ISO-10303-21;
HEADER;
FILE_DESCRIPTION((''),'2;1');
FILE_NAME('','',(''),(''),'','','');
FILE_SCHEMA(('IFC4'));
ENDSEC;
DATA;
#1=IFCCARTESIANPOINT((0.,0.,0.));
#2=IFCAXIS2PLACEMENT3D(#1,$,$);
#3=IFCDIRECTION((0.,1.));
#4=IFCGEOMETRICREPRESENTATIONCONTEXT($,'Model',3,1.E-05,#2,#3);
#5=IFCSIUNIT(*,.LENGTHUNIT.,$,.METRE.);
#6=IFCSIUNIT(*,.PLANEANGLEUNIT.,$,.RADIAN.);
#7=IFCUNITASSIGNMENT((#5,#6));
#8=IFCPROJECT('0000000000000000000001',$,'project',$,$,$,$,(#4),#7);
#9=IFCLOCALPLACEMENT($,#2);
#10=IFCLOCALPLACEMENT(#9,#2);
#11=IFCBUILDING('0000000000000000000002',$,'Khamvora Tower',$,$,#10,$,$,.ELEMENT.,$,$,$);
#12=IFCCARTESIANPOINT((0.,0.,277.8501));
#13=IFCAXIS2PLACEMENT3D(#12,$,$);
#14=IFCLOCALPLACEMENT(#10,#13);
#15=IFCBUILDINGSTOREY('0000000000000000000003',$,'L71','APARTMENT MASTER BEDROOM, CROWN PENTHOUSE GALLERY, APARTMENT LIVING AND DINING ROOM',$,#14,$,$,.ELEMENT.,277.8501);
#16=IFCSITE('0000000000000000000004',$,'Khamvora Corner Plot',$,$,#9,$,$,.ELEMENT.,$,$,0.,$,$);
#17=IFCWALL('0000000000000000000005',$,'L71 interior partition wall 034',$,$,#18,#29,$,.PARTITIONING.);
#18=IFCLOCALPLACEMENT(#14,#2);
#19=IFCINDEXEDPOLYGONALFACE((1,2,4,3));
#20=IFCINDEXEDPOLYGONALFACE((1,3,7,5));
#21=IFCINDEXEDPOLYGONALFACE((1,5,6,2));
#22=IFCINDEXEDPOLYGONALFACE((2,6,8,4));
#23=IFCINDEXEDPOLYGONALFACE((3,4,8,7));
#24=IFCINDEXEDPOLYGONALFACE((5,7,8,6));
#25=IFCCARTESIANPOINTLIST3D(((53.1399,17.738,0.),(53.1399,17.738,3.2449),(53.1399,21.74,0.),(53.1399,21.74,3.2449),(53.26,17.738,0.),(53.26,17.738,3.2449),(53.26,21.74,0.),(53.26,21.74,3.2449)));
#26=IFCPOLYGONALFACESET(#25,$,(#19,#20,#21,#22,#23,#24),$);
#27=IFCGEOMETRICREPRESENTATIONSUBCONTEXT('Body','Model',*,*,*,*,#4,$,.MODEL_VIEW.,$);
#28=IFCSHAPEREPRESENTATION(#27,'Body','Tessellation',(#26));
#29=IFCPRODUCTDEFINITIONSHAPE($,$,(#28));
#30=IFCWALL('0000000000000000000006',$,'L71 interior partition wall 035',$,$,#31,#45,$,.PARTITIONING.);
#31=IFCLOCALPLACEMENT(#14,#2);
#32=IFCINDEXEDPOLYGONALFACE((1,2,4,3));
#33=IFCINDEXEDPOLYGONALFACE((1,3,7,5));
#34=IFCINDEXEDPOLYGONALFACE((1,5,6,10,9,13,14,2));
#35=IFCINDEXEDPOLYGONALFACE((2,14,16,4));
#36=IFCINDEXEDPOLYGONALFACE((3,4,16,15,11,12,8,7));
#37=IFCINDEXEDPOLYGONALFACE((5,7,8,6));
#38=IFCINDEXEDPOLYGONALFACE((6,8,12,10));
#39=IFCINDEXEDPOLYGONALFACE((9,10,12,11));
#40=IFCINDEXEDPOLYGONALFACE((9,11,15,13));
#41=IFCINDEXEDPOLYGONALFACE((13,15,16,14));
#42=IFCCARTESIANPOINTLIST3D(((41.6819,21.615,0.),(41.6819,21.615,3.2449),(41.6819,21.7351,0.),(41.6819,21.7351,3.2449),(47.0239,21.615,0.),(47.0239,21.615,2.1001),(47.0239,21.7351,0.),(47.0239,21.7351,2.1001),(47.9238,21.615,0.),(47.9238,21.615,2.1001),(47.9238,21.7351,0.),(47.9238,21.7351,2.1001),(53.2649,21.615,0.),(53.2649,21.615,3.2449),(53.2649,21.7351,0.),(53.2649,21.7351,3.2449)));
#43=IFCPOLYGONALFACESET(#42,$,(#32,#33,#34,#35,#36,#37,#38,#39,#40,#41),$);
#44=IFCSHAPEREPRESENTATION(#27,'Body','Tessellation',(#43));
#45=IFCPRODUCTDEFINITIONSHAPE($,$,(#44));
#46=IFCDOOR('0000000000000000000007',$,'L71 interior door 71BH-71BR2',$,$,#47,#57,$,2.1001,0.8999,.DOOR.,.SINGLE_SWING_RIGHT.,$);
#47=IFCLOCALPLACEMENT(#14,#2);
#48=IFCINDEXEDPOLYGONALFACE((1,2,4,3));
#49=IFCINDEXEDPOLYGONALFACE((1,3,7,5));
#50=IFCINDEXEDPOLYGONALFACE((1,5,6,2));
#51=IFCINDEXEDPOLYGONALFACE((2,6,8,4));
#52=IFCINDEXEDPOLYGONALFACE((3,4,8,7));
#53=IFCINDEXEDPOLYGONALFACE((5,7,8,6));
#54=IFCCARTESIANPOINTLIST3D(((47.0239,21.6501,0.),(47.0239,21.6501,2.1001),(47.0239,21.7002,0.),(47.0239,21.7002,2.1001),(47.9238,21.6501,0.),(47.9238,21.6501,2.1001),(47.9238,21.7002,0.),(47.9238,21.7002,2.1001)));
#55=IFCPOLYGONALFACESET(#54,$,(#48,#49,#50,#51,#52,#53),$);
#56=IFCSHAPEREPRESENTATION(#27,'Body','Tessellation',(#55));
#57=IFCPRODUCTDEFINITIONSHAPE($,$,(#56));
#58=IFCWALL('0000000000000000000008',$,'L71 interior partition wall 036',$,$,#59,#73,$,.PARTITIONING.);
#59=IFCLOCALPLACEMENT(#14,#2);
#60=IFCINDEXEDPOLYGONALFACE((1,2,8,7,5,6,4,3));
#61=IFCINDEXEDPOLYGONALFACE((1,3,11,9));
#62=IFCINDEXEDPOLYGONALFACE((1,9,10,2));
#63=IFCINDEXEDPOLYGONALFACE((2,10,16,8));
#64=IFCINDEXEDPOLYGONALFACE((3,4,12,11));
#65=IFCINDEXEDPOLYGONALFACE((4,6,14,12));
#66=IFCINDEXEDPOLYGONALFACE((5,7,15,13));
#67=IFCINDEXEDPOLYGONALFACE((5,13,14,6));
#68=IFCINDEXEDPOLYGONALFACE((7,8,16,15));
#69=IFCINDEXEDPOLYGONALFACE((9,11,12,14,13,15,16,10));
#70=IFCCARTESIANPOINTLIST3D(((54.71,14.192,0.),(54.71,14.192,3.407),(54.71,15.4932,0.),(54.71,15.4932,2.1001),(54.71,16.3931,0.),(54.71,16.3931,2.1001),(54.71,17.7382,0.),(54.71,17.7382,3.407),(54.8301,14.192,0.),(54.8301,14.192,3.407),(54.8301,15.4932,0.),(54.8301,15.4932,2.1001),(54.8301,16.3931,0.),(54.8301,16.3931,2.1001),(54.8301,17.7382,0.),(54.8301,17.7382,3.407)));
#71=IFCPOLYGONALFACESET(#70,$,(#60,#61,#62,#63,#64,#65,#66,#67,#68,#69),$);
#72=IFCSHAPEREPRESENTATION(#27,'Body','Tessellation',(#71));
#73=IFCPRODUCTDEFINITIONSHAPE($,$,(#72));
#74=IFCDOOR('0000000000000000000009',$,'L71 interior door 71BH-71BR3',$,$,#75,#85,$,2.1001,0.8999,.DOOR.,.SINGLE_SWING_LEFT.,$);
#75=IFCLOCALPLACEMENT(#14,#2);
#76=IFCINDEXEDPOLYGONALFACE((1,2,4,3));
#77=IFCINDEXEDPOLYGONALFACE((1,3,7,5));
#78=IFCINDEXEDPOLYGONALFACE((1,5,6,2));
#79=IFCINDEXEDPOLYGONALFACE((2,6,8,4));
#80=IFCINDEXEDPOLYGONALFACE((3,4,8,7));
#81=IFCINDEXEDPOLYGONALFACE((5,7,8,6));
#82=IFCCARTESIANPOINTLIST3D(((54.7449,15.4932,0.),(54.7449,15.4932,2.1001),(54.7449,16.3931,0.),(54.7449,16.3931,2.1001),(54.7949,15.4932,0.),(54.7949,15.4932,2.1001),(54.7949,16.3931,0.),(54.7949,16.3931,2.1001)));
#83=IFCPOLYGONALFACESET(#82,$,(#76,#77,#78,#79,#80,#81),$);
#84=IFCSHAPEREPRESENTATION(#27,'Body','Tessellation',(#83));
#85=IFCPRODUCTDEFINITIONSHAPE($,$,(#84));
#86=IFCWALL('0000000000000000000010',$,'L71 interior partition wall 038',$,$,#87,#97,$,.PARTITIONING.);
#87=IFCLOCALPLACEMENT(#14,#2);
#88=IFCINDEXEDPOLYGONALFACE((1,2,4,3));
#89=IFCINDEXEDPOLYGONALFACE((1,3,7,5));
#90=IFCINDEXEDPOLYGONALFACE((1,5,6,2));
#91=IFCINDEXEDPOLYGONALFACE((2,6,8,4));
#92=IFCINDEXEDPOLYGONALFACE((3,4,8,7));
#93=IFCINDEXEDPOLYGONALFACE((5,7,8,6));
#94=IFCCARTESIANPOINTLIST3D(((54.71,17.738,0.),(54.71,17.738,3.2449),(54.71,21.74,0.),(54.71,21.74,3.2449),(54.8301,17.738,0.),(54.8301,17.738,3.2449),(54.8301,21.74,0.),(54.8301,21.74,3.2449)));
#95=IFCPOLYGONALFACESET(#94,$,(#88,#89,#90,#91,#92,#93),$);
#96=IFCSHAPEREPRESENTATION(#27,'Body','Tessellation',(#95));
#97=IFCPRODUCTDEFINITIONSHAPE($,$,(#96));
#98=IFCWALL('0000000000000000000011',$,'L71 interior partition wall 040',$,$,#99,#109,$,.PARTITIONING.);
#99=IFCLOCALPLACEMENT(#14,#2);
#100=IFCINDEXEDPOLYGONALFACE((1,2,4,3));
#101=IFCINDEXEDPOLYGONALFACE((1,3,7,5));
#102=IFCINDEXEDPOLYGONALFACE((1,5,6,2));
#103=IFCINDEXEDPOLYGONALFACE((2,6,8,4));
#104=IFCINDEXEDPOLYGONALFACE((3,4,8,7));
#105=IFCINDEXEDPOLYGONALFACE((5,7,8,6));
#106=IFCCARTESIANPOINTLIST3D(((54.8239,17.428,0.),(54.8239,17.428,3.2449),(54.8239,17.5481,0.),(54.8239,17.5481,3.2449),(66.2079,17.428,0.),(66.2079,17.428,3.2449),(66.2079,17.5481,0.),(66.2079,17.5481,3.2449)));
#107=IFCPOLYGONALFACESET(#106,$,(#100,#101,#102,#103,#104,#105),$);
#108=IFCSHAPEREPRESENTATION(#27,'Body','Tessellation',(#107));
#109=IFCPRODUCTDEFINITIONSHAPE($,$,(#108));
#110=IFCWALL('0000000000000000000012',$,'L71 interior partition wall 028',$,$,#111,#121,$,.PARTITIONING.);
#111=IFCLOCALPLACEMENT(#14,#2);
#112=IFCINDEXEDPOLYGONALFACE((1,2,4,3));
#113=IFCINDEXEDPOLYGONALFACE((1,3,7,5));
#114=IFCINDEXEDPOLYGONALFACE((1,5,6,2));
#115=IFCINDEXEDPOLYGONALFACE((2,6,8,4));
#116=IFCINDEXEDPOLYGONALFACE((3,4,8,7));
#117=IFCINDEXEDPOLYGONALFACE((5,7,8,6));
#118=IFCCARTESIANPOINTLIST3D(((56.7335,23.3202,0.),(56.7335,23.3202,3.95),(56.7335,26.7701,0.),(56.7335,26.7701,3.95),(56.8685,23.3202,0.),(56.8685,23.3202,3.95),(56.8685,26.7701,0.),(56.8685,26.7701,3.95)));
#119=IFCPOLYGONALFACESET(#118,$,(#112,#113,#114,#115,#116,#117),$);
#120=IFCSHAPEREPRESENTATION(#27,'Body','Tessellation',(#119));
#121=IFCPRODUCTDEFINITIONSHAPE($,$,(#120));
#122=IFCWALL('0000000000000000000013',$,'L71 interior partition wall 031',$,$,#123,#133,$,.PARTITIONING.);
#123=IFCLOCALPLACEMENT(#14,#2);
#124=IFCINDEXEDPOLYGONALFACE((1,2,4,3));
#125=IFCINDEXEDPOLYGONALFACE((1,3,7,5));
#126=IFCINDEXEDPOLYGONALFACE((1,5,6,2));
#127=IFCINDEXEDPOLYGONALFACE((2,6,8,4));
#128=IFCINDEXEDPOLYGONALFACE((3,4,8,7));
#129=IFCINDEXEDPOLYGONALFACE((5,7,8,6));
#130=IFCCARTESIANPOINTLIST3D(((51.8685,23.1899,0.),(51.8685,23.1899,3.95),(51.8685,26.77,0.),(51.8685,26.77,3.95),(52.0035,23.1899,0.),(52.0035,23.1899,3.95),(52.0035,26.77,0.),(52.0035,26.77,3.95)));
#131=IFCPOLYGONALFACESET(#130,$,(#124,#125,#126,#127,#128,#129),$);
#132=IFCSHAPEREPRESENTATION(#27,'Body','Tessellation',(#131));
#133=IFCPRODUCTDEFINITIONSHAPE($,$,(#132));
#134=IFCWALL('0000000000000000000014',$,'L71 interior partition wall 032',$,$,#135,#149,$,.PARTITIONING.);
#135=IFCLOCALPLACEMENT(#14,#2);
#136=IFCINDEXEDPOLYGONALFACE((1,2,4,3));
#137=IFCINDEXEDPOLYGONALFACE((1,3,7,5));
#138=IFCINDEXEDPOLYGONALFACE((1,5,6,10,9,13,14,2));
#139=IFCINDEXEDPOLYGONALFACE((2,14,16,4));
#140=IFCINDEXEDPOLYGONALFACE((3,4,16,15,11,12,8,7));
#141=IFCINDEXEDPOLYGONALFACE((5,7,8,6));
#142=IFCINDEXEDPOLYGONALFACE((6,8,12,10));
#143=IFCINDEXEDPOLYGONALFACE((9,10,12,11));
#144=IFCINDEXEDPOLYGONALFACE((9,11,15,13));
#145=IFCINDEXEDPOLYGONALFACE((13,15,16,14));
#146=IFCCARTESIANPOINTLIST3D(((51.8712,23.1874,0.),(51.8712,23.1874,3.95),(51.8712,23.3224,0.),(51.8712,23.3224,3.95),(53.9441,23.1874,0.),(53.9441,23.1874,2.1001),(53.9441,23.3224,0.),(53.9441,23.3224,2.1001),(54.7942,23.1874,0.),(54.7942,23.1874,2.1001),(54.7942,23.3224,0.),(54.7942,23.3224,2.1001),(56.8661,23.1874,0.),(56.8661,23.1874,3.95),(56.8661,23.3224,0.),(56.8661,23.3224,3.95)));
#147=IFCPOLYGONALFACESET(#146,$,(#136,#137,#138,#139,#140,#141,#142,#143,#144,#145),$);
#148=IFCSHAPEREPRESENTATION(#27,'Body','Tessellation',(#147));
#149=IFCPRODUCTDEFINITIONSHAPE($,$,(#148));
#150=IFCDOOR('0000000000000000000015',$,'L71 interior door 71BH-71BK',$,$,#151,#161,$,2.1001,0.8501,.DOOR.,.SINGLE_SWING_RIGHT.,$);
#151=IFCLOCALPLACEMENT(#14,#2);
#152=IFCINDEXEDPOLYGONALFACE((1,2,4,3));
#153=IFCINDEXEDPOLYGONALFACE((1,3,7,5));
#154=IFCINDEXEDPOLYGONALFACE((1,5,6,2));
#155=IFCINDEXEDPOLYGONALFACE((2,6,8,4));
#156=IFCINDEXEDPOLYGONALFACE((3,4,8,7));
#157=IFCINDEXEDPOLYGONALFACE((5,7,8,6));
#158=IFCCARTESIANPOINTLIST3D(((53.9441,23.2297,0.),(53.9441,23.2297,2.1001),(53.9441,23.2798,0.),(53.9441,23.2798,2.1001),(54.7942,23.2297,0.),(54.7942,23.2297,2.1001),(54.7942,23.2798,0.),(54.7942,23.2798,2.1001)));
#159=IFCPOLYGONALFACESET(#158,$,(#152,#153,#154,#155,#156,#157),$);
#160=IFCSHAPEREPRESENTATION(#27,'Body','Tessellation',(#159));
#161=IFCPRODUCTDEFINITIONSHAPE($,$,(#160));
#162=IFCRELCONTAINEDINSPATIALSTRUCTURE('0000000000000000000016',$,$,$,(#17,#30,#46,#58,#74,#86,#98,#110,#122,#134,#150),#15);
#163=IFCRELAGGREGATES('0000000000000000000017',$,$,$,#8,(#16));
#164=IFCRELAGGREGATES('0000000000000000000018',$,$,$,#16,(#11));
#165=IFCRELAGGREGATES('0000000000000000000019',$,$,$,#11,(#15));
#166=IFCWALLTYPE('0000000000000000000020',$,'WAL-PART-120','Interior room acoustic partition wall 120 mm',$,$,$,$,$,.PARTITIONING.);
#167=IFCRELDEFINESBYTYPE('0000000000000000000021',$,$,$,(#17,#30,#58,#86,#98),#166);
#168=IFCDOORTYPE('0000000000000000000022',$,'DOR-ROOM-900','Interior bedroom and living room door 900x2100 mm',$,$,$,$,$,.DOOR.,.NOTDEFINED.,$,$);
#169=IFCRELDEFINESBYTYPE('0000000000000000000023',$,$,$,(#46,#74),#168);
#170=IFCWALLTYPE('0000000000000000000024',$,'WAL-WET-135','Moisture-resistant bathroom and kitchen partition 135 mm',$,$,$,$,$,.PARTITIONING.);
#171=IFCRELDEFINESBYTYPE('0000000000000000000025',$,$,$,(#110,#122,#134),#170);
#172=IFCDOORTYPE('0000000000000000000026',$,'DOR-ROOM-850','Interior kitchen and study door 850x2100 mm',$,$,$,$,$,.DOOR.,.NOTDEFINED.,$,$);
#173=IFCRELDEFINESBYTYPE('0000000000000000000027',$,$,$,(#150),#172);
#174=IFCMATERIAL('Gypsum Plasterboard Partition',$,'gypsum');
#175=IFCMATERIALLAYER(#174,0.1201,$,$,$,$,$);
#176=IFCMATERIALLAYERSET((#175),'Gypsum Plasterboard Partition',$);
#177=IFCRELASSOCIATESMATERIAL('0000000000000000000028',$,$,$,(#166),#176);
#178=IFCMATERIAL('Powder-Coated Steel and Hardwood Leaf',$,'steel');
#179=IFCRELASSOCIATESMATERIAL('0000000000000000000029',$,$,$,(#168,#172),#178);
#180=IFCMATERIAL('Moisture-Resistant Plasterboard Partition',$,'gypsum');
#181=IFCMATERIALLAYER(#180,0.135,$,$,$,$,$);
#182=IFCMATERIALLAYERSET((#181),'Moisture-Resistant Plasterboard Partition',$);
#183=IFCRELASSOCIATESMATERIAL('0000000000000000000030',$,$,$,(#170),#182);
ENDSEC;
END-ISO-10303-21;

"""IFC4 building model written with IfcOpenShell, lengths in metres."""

from ifc_helpers import new_model, si_unit, direction, frame, frame_2d, origin, place, context, subcontext, project, spatial, rectangle, extrude, material, layer, layer_set, type_object, element, fill, save


model = new_model("IFC4")

# Units and contexts
model_context = context("Model", 3, precision=1e-05, world=origin(), true_north=direction((0.0, 1.0)))
body_context = subcontext(model_context, "Body", "Model", "MODEL_VIEW")
ifc_project = project(units=[si_unit("LENGTHUNIT", "METRE"), si_unit("PLANEANGLEUNIT", "RADIAN")], contexts=[model_context])

# Site, building, storey
site_placement = place(None, origin())
site = spatial("IfcSite", under=ifc_project, at=site_placement, Name="Khamvora Corner Plot", CompositionType="ELEMENT", RefElevation=0.0)
building_placement = place(site_placement, origin())
building = spatial("IfcBuilding", under=site, at=building_placement, Name="Khamvora Tower", CompositionType="ELEMENT")
storey_placement = place(building_placement, frame((0.0, 0.0, 277.8501)))
storey = spatial("IfcBuildingStorey", under=building, at=storey_placement, Name="L71", Description="APARTMENT MASTER BEDROOM, CROWN PENTHOUSE GALLERY, APARTMENT LIVING AND DINING ROOM", CompositionType="ELEMENT", Elevation=277.8501)

# Shared definitions
ifc_material_1 = material(Name="Powder-Coated Steel and Hardwood Leaf", Category="steel")

# Shared definitions
ifc_material_2 = material(Name="Gypsum Plasterboard Partition", Category="gypsum")
ifc_layer_1 = layer(ifc_material_2, 0.1201)
ifc_layer_set_1 = layer_set([ifc_layer_1], Name="Gypsum Plasterboard Partition")
wall_type_1 = type_object("IfcWallType", Name="WAL-PART-120", Description="Interior room acoustic partition wall 120 mm", PredefinedType="PARTITIONING", material=ifc_layer_set_1)
door_type_1 = type_object("IfcDoorType", Name="DOR-ROOM-900", Description="Interior bedroom and living room door 900x2100 mm", OperationType="NOTDEFINED", PredefinedType="DOOR", material=ifc_material_1)

# Wall
wall_1_placement = place(storey_placement, frame((53.2, 17.738, 0.0), z_axis=(0.0, 0.0, 1.0), x_axis=(0.0, 1.0, 0.0)))
element("IfcWall", 1, at=wall_1_placement, inside=storey, type_object=wall_type_1, Name="L71 interior partition wall 034", PredefinedType="PARTITIONING", context=body_context, shape_type="SweptSolid", body=[
    extrude(rectangle(XDim=4.002, YDim=0.1201, at=frame_2d((2.001, 0.0))), origin(), (0.0, 0.0, 1.0), 3.2449),
])

# Walls, openings, doors
wall_2_placement = place(storey_placement, frame((53.2649, 21.675, 0.0), z_axis=(0.0, 0.0, 1.0), x_axis=(-1.0, 0.0, 0.0)))
wall_2 = element("IfcWall", 2, at=wall_2_placement, inside=storey, type_object=wall_type_1, Name="L71 interior partition wall 035", PredefinedType="PARTITIONING", context=body_context, shape_type="SweptSolid", body=[
    extrude(rectangle(XDim=11.583, YDim=0.1201, at=frame_2d((5.7915, 0.0))), origin(), (0.0, 0.0, 1.0), 3.2449),
])
opening_1_placement = place(wall_2_placement, frame((5.3411, 0.0, 0.0)))
opening_1 = element("IfcOpeningElement", 3, at=opening_1_placement, cuts=wall_2, PredefinedType="OPENING", context=body_context, shape_type="SweptSolid", body=[
    extrude(rectangle(XDim=0.8999, YDim=2.1001, at=frame_2d((0.45, 1.05))), frame((0.0, 0.0701, 0.0), z_axis=(0.0, -1.0, 0.0), x_axis=(1.0, 0.0, 0.0)), (0.0, 0.0, 1.0), 0.1401),
])
door_1_placement = place(opening_1_placement, origin())
door_1 = element("IfcDoor", 4, at=door_1_placement, inside=storey, type_object=door_type_1, Name="L71 interior door 71BH-71BR2", OperationType="SINGLE_SWING_RIGHT", OverallHeight=2.1001, OverallWidth=0.8999, PredefinedType="DOOR", context=body_context, shape_type="SweptSolid", body=[
    extrude(rectangle(XDim=0.8999, YDim=2.1001, at=frame_2d((0.45, 1.05))), frame((0.0, 0.0249, 0.0), z_axis=(0.0, -1.0, 0.0), x_axis=(1.0, 0.0, 0.0)), (0.0, 0.0, 1.0), 0.05),
])
fill(opening_1, door_1)
wall_3_placement = place(storey_placement, frame((54.77, 17.738, 0.0), z_axis=(0.0, 0.0, 1.0), x_axis=(0.0, -1.0, 0.0)))
wall_3 = element("IfcWall", 5, at=wall_3_placement, inside=storey, type_object=wall_type_1, Name="L71 interior partition wall 036", PredefinedType="PARTITIONING", context=body_context, shape_type="SweptSolid", body=[
    extrude(rectangle(XDim=3.5461, YDim=0.1201, at=frame_2d((1.7729, 0.0))), origin(), (0.0, 0.0, 1.0), 3.407),
])
opening_2_placement = place(wall_3_placement, frame((1.345, 0.0, 0.0)))
opening_2 = element("IfcOpeningElement", 6, at=opening_2_placement, cuts=wall_3, PredefinedType="OPENING", context=body_context, shape_type="SweptSolid", body=[
    extrude(rectangle(XDim=0.8999, YDim=2.1001, at=frame_2d((0.45, 1.05))), frame((0.0, 0.0701, 0.0), z_axis=(0.0, -1.0, 0.0), x_axis=(1.0, 0.0, 0.0)), (0.0, 0.0, 1.0), 0.1401),
])
door_2_placement = place(opening_2_placement, origin())
door_2 = element("IfcDoor", 7, at=door_2_placement, inside=storey, type_object=door_type_1, Name="L71 interior door 71BH-71BR3", OperationType="SINGLE_SWING_LEFT", OverallHeight=2.1001, OverallWidth=0.8999, PredefinedType="DOOR", context=body_context, shape_type="SweptSolid", body=[
    extrude(rectangle(XDim=0.8999, YDim=2.1001, at=frame_2d((0.45, 1.05))), frame((0.0, 0.0249, 0.0), z_axis=(0.0, -1.0, 0.0), x_axis=(1.0, 0.0, 0.0)), (0.0, 0.0, 1.0), 0.05),
])
fill(opening_2, door_2)

# Walls
wall_4_placement = place(storey_placement, frame((54.77, 21.74, 0.0), z_axis=(0.0, 0.0, 1.0), x_axis=(0.0, -1.0, 0.0)))
element("IfcWall", 8, at=wall_4_placement, inside=storey, type_object=wall_type_1, Name="L71 interior partition wall 038", PredefinedType="PARTITIONING", context=body_context, shape_type="SweptSolid", body=[
    extrude(rectangle(XDim=4.002, YDim=0.1201, at=frame_2d((2.001, 0.0))), origin(), (0.0, 0.0, 1.0), 3.2449),
])
wall_5_placement = place(storey_placement, frame((54.824, 17.488, 0.0), z_axis=(0.0, 0.0, 1.0), x_axis=(1.0, 0.0, 0.0)))
element("IfcWall", 9, at=wall_5_placement, inside=storey, type_object=wall_type_1, Name="L71 interior partition wall 040", PredefinedType="PARTITIONING", context=body_context, shape_type="SweptSolid", body=[
    extrude(rectangle(XDim=11.384, YDim=0.1201, at=frame_2d((5.6919, 0.0))), origin(), (0.0, 0.0, 1.0), 3.2449),
])
ifc_material_3 = material(Name="Moisture-Resistant Plasterboard Partition", Category="gypsum")
ifc_layer_2 = layer(ifc_material_3, 0.135)
ifc_layer_set_2 = layer_set([ifc_layer_2], Name="Moisture-Resistant Plasterboard Partition")
wall_type_2 = type_object("IfcWallType", Name="WAL-WET-135", Description="Moisture-resistant bathroom and kitchen partition 135 mm", PredefinedType="PARTITIONING", material=ifc_layer_set_2)
wall_6_placement = place(storey_placement, frame((56.801, 23.3201, 0.0), z_axis=(0.0, 0.0, 1.0), x_axis=(0.0, 1.0, 0.0)))
element("IfcWall", 10, at=wall_6_placement, inside=storey, type_object=wall_type_2, Name="L71 interior partition wall 028", PredefinedType="PARTITIONING", context=body_context, shape_type="SweptSolid", body=[
    extrude(rectangle(XDim=3.45, YDim=0.135, at=frame_2d((1.7251, 0.0))), origin(), (0.0, 0.0, 1.0), 3.95),
])
wall_7_placement = place(storey_placement, frame((51.936, 26.77, 0.0), z_axis=(0.0, 0.0, 1.0), x_axis=(0.0, -1.0, 0.0)))
element("IfcWall", 11, at=wall_7_placement, inside=storey, type_object=wall_type_2, Name="L71 interior partition wall 031", PredefinedType="PARTITIONING", context=body_context, shape_type="SweptSolid", body=[
    extrude(rectangle(XDim=3.5801, YDim=0.135, at=frame_2d((1.79, 0.0))), origin(), (0.0, 0.0, 1.0), 3.95),
])

# Wall, opening, door
wall_8_placement = place(storey_placement, frame((51.8711, 23.2549, 0.0), z_axis=(0.0, 0.0, 1.0), x_axis=(1.0, 0.0, 0.0)))
wall_8 = element("IfcWall", 12, at=wall_8_placement, inside=storey, type_object=wall_type_2, Name="L71 interior partition wall 032", PredefinedType="PARTITIONING", context=body_context, shape_type="SweptSolid", body=[
    extrude(rectangle(XDim=4.9949, YDim=0.135, at=frame_2d((2.4976, 0.0))), origin(), (0.0, 0.0, 1.0), 3.95),
])
opening_3_placement = place(wall_8_placement, frame((2.073, 0.0, 0.0)))
opening_3 = element("IfcOpeningElement", 13, at=opening_3_placement, cuts=wall_8, PredefinedType="OPENING", context=body_context, shape_type="SweptSolid", body=[
    extrude(rectangle(XDim=0.8501, YDim=2.1001, at=frame_2d((0.425, 1.05))), frame((0.0, 0.0774, 0.0), z_axis=(0.0, -1.0, 0.0), x_axis=(1.0, 0.0, 0.0)), (0.0, 0.0, 1.0), 0.155),
])
door_type_2 = type_object("IfcDoorType", Name="DOR-ROOM-850", Description="Interior kitchen and study door 850x2100 mm", OperationType="NOTDEFINED", PredefinedType="DOOR", material=ifc_material_1)
door_3_placement = place(opening_3_placement, origin())
door_3 = element("IfcDoor", 14, at=door_3_placement, inside=storey, type_object=door_type_2, Name="L71 interior door 71BH-71BK", OperationType="SINGLE_SWING_RIGHT", OverallHeight=2.1001, OverallWidth=0.8501, PredefinedType="DOOR", context=body_context, shape_type="SweptSolid", body=[
    extrude(rectangle(XDim=0.8501, YDim=2.1001, at=frame_2d((0.425, 1.05))), frame((0.0, 0.0249, 0.0), z_axis=(0.0, -1.0, 0.0), x_axis=(1.0, 0.0, 0.0)), (0.0, 0.0, 1.0), 0.05),
])
fill(opening_3, door_3)

save(model, "model.ifc")
